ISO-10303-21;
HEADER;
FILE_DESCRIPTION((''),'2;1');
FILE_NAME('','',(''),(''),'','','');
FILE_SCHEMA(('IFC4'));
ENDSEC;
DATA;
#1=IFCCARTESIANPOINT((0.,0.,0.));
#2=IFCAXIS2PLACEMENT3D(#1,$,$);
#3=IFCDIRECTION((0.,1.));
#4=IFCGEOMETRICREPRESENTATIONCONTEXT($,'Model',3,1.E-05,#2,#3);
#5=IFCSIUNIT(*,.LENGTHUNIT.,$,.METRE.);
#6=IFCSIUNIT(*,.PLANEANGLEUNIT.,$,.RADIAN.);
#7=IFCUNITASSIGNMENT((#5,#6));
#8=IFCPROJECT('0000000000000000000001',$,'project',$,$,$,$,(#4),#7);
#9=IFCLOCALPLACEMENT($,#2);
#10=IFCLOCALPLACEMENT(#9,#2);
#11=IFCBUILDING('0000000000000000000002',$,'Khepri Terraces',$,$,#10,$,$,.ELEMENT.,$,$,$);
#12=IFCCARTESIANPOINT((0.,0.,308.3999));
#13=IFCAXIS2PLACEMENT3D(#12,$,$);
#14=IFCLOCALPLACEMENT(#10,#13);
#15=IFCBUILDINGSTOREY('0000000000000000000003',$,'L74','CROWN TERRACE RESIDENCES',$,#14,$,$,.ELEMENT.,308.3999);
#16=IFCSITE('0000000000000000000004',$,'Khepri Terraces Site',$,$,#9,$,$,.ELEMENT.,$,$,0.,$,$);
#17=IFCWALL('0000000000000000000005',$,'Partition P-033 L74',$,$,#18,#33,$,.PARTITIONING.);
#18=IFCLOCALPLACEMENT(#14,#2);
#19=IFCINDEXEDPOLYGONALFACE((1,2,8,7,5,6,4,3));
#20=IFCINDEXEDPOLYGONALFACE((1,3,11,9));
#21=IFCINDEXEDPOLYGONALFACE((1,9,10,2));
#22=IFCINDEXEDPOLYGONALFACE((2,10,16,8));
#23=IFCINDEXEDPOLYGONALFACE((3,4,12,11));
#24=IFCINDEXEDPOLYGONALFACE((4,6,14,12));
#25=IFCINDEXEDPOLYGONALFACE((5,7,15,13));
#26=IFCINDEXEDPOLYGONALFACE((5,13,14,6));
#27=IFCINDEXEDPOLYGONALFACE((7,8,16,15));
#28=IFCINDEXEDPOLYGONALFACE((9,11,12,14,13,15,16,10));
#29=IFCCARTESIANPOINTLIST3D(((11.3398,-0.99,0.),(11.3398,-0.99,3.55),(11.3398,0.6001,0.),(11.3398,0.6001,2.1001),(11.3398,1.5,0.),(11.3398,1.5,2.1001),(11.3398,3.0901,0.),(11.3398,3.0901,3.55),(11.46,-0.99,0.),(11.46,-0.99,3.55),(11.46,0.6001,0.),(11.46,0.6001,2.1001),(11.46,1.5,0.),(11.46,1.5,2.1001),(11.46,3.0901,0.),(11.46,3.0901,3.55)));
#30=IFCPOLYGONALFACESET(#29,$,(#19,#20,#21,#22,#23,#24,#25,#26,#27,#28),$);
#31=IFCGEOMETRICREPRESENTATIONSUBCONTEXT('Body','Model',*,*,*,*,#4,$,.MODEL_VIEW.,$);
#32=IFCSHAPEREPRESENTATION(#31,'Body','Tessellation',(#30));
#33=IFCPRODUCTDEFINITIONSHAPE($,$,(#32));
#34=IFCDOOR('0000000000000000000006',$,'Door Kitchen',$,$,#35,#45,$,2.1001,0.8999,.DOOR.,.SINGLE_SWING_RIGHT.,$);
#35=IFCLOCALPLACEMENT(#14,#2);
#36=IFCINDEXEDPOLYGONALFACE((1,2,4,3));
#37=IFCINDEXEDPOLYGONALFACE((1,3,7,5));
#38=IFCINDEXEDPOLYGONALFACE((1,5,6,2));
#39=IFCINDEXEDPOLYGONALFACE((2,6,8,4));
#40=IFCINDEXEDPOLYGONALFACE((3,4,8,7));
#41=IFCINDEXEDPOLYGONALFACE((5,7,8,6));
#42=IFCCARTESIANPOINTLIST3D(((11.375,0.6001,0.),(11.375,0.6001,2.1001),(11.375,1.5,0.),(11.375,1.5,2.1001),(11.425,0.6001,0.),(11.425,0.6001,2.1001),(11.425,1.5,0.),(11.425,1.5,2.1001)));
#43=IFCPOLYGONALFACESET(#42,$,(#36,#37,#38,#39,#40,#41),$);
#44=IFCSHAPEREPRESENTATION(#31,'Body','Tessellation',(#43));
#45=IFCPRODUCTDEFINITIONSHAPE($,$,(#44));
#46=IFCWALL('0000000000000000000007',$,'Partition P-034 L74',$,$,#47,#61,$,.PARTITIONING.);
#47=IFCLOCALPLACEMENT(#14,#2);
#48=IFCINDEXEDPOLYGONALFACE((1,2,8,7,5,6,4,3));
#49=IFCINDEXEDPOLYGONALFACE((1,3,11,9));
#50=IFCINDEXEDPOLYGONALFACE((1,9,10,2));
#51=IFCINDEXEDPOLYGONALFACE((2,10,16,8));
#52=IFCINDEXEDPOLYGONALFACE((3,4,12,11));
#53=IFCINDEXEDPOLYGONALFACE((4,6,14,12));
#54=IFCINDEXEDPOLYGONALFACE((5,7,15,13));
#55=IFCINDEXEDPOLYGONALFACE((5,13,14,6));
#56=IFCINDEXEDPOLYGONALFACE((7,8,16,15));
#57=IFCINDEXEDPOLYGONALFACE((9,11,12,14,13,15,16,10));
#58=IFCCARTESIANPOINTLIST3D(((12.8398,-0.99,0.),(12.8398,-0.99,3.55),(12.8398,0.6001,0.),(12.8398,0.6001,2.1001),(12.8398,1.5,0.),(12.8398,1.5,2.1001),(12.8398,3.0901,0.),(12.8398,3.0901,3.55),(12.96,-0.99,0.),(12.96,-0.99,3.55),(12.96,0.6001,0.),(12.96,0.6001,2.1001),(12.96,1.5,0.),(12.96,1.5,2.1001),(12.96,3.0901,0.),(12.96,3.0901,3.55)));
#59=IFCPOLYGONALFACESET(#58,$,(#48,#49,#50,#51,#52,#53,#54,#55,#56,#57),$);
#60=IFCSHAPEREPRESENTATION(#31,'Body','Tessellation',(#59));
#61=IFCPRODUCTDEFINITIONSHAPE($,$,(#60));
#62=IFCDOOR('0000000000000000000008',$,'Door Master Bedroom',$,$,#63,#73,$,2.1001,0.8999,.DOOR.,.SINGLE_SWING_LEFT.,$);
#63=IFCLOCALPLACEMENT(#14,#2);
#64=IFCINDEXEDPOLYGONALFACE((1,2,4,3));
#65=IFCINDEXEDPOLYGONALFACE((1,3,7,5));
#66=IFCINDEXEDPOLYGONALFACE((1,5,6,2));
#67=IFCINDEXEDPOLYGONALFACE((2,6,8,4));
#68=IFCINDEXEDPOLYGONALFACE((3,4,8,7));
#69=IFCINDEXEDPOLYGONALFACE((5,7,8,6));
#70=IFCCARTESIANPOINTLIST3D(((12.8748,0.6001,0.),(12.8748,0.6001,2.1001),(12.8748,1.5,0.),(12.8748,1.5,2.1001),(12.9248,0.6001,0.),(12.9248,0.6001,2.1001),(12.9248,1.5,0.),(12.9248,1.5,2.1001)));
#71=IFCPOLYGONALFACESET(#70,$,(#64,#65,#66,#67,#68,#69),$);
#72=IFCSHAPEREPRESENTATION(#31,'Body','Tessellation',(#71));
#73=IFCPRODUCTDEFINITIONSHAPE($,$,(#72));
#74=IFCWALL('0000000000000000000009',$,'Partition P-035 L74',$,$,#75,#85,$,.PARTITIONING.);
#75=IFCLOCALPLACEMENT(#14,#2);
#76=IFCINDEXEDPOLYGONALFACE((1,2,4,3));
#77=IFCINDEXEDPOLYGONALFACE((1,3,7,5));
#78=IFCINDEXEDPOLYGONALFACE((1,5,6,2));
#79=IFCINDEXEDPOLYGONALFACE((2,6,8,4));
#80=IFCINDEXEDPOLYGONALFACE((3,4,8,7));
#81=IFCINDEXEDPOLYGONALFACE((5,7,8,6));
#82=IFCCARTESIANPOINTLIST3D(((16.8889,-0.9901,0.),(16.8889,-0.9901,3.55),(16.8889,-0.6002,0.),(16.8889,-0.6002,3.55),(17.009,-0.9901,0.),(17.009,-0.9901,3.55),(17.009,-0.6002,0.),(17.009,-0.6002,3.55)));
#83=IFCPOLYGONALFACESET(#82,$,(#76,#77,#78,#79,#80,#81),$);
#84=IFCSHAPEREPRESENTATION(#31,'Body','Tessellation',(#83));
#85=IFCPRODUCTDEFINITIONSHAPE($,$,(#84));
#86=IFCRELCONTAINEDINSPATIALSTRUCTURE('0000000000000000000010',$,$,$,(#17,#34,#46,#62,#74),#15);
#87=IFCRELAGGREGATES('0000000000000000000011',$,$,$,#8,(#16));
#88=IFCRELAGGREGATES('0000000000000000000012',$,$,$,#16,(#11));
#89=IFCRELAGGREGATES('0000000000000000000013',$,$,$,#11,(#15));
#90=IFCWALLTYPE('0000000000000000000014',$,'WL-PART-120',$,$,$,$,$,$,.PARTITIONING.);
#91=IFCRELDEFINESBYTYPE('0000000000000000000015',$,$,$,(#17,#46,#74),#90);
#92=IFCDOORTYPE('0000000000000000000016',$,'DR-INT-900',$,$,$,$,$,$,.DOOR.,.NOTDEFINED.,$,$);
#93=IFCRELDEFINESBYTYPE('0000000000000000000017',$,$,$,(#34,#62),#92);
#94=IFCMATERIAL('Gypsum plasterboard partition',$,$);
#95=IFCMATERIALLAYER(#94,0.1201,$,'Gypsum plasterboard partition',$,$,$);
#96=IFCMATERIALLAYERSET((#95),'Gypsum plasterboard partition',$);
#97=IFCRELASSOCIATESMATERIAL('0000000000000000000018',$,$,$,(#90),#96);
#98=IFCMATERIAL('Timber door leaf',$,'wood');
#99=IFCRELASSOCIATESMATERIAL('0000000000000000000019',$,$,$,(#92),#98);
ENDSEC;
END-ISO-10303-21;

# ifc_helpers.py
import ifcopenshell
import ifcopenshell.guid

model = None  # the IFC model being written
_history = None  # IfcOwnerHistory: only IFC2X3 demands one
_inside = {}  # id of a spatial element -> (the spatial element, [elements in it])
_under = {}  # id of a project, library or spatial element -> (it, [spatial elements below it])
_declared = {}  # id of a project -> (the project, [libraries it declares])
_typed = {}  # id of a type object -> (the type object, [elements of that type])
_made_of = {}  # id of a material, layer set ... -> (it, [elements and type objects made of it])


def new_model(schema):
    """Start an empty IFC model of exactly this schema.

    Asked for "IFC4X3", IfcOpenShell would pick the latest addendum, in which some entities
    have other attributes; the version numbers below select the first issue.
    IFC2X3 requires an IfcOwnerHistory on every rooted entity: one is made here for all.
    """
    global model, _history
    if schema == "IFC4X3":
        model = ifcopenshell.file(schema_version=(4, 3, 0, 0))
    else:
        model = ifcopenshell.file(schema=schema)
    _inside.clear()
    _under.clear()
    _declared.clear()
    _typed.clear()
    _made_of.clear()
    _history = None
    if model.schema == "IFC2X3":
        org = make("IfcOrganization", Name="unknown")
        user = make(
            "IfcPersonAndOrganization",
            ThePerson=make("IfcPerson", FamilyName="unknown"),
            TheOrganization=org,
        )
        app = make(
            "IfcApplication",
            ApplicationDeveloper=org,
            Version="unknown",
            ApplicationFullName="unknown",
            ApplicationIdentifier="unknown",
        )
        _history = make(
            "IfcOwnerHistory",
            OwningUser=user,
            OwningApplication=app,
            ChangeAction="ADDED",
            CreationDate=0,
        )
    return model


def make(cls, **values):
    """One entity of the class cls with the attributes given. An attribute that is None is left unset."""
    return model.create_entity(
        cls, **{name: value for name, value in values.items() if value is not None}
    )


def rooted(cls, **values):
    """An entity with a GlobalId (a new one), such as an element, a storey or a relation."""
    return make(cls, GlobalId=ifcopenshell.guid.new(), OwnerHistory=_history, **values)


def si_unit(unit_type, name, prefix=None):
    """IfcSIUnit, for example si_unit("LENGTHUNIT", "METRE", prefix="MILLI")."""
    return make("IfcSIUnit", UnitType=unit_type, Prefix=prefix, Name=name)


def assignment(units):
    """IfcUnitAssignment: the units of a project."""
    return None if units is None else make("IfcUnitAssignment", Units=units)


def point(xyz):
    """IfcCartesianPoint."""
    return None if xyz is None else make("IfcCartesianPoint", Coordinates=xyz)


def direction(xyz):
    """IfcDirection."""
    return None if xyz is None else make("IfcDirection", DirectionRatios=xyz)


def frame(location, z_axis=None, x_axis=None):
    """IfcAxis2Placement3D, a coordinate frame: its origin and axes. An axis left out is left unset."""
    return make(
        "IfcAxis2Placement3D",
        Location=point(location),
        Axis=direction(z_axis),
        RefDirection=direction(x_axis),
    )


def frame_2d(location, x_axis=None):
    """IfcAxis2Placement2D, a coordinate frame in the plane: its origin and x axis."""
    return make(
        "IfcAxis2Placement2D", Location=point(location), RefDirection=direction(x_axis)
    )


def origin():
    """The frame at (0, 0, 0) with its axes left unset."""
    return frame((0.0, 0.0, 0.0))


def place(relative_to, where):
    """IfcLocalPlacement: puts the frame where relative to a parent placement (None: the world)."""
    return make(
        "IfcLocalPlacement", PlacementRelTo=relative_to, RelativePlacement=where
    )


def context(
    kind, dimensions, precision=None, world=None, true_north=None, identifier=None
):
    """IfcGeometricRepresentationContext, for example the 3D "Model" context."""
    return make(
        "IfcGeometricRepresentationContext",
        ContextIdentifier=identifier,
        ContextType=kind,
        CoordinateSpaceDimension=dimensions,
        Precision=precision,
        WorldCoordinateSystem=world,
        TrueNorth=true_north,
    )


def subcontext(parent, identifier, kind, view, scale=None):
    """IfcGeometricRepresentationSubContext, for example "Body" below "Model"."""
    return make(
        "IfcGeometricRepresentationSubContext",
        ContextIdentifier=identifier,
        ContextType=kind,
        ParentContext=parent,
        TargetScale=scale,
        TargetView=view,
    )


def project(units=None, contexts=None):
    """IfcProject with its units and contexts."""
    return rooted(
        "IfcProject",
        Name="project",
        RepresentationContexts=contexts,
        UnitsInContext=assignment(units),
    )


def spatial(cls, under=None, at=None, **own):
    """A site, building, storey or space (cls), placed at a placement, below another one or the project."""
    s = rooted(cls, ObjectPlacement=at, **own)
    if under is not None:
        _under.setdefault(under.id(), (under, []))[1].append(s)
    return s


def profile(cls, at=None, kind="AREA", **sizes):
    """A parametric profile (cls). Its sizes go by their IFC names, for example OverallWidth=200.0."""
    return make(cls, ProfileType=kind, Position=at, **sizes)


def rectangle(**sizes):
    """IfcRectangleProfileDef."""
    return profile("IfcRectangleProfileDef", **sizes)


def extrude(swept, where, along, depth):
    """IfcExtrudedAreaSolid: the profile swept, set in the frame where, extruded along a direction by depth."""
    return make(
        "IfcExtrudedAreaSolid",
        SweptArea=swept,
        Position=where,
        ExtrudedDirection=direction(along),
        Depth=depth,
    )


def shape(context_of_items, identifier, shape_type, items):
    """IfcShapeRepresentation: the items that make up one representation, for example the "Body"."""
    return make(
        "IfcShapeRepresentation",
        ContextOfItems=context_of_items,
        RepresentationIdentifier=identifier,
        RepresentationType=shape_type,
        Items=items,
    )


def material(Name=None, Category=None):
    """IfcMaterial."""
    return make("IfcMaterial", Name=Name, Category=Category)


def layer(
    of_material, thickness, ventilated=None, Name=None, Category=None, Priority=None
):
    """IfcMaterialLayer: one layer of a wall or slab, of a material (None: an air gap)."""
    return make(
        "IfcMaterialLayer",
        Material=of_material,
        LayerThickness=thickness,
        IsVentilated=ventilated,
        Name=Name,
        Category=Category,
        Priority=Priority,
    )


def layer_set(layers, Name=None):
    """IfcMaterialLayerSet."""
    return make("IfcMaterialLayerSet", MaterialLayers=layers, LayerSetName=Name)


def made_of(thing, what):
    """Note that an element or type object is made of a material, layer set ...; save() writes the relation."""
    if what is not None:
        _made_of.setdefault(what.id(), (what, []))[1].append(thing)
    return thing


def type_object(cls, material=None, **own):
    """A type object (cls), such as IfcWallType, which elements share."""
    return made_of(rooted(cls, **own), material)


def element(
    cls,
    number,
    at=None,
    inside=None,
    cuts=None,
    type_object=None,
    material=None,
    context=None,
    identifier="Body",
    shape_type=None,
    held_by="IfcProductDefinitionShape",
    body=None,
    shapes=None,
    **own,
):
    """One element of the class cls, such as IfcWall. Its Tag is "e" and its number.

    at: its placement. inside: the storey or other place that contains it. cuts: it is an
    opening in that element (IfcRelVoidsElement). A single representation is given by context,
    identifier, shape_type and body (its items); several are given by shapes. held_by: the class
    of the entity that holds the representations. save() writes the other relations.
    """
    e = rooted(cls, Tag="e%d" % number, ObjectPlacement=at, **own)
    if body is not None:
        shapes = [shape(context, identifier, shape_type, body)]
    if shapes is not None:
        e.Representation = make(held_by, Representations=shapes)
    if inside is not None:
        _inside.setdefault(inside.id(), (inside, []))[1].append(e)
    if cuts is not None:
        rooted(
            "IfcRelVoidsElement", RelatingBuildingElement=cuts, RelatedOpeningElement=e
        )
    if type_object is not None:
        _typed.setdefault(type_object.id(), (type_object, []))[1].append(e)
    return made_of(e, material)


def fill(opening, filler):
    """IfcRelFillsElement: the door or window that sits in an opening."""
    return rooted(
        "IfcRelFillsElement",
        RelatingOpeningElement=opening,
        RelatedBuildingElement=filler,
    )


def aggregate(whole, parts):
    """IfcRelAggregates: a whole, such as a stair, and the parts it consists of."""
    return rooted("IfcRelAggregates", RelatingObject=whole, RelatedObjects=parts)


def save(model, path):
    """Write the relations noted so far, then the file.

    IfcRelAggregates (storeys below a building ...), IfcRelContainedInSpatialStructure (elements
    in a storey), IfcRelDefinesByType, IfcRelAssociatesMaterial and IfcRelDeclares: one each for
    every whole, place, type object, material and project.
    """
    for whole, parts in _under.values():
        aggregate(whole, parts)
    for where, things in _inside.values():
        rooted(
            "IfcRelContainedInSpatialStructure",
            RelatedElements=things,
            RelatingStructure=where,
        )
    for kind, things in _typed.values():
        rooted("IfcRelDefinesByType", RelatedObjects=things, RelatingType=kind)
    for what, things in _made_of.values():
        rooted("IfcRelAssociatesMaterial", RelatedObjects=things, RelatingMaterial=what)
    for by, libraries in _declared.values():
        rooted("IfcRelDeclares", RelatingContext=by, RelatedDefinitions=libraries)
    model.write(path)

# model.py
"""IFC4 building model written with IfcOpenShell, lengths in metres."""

from ifc_helpers import new_model, si_unit, direction, frame, frame_2d, origin, place, context, subcontext, project, spatial, rectangle, extrude, material, layer, layer_set, type_object, element, fill, save


model = new_model("IFC4")

# Units and contexts
model_context = context("Model", 3, precision=1e-05, world=origin(), true_north=direction((0.0, 1.0)))
body_context = subcontext(model_context, "Body", "Model", "MODEL_VIEW")
ifc_project = project(units=[si_unit("LENGTHUNIT", "METRE"), si_unit("PLANEANGLEUNIT", "RADIAN")], contexts=[model_context])

# Site, building, storey
site_placement = place(None, origin())
site = spatial("IfcSite", under=ifc_project, at=site_placement, Name="Khepri Terraces Site", CompositionType="ELEMENT", RefElevation=0.0)
building_placement = place(site_placement, origin())
building = spatial("IfcBuilding", under=site, at=building_placement, Name="Khepri Terraces", CompositionType="ELEMENT")
storey_placement = place(building_placement, frame((0.0, 0.0, 308.3999)))
storey = spatial("IfcBuildingStorey", under=building, at=storey_placement, Name="L74", Description="CROWN TERRACE RESIDENCES", CompositionType="ELEMENT", Elevation=308.3999)

# Shared definitions
ifc_material_1 = material(Name="Gypsum plasterboard partition")
ifc_layer_1 = layer(ifc_material_1, 0.1201, Name="Gypsum plasterboard partition")
ifc_layer_set_1 = layer_set([ifc_layer_1], Name="Gypsum plasterboard partition")
wall_type_1 = type_object("IfcWallType", Name="WL-PART-120", PredefinedType="PARTITIONING", material=ifc_layer_set_1)

# Walls, openings, doors
wall_1_placement = place(storey_placement, frame((11.3999, -0.99, 0.0), z_axis=(0.0, 0.0, 1.0), x_axis=(0.0, 1.0, 0.0)))
wall_1 = element("IfcWall", 1, at=wall_1_placement, inside=storey, type_object=wall_type_1, Name="Partition P-033 L74", PredefinedType="PARTITIONING", context=body_context, shape_type="SweptSolid", body=[
    extrude(rectangle(XDim=4.0801, YDim=0.1201, at=frame_2d((2.04, 0.0))), origin(), (0.0, 0.0, 1.0), 3.55),
])
opening_1_placement = place(wall_1_placement, frame((1.5901, 0.0, 0.0)))
opening_1 = element("IfcOpeningElement", 2, at=opening_1_placement, cuts=wall_1, PredefinedType="OPENING", context=body_context, shape_type="SweptSolid", body=[
    extrude(rectangle(XDim=0.8999, YDim=2.1001, at=frame_2d((0.45, 1.05))), frame((0.0, 0.0701, 0.0), z_axis=(0.0, -1.0, 0.0), x_axis=(1.0, 0.0, 0.0)), (0.0, 0.0, 1.0), 0.1401),
])
ifc_material_2 = material(Name="Timber door leaf", Category="wood")
door_type_1 = type_object("IfcDoorType", Name="DR-INT-900", OperationType="NOTDEFINED", PredefinedType="DOOR", material=ifc_material_2)
door_1_placement = place(opening_1_placement, origin())
door_1 = element("IfcDoor", 3, at=door_1_placement, inside=storey, type_object=door_type_1, Name="Door Kitchen", OperationType="SINGLE_SWING_RIGHT", OverallHeight=2.1001, OverallWidth=0.8999, PredefinedType="DOOR", context=body_context, shape_type="SweptSolid", body=[
    extrude(rectangle(XDim=0.8999, YDim=2.1001, at=frame_2d((0.45, 1.05))), frame((0.0, 0.0249, 0.0), z_axis=(0.0, -1.0, 0.0), x_axis=(1.0, 0.0, 0.0)), (0.0, 0.0, 1.0), 0.05),
])
fill(opening_1, door_1)
wall_2_placement = place(storey_placement, frame((12.8999, -0.99, 0.0), z_axis=(0.0, 0.0, 1.0), x_axis=(0.0, 1.0, 0.0)))
wall_2 = element("IfcWall", 4, at=wall_2_placement, inside=storey, type_object=wall_type_1, Name="Partition P-034 L74", PredefinedType="PARTITIONING", context=body_context, shape_type="SweptSolid", body=[
    extrude(rectangle(XDim=4.0801, YDim=0.1201, at=frame_2d((2.04, 0.0))), origin(), (0.0, 0.0, 1.0), 3.55),
])
opening_2_placement = place(wall_2_placement, frame((1.5901, 0.0, 0.0)))
opening_2 = element("IfcOpeningElement", 5, at=opening_2_placement, cuts=wall_2, PredefinedType="OPENING", context=body_context, shape_type="SweptSolid", body=[
    extrude(rectangle(XDim=0.8999, YDim=2.1001, at=frame_2d((0.45, 1.05))), frame((0.0, 0.0701, 0.0), z_axis=(0.0, -1.0, 0.0), x_axis=(1.0, 0.0, 0.0)), (0.0, 0.0, 1.0), 0.1401),
])
door_2_placement = place(opening_2_placement, frame((0.8999, 0.0, 0.0), z_axis=(0.0, 0.0, 1.0), x_axis=(-1.0, 0.0, 0.0)))
door_2 = element("IfcDoor", 6, at=door_2_placement, inside=storey, type_object=door_type_1, Name="Door Master Bedroom", OperationType="SINGLE_SWING_LEFT", OverallHeight=2.1001, OverallWidth=0.8999, PredefinedType="DOOR", context=body_context, shape_type="SweptSolid", body=[
    extrude(rectangle(XDim=0.8999, YDim=2.1001, at=frame_2d((0.45, 1.05))), frame((0.0, 0.0249, 0.0), z_axis=(0.0, -1.0, 0.0), x_axis=(1.0, 0.0, 0.0)), (0.0, 0.0, 1.0), 0.05),
])
fill(opening_2, door_2)

# Wall
wall_3_placement = place(storey_placement, frame((16.949, -0.99, 0.0), z_axis=(0.0, 0.0, 1.0), x_axis=(0.0, 1.0, 0.0)))
element("IfcWall", 7, at=wall_3_placement, inside=storey, type_object=wall_type_1, Name="Partition P-035 L74", PredefinedType="PARTITIONING", context=body_context, shape_type="SweptSolid", body=[
    extrude(rectangle(XDim=0.3899, YDim=0.1201, at=frame_2d((0.1948, 0.0))), origin(), (0.0, 0.0, 1.0), 3.55),
])

save(model, "model.ifc")
